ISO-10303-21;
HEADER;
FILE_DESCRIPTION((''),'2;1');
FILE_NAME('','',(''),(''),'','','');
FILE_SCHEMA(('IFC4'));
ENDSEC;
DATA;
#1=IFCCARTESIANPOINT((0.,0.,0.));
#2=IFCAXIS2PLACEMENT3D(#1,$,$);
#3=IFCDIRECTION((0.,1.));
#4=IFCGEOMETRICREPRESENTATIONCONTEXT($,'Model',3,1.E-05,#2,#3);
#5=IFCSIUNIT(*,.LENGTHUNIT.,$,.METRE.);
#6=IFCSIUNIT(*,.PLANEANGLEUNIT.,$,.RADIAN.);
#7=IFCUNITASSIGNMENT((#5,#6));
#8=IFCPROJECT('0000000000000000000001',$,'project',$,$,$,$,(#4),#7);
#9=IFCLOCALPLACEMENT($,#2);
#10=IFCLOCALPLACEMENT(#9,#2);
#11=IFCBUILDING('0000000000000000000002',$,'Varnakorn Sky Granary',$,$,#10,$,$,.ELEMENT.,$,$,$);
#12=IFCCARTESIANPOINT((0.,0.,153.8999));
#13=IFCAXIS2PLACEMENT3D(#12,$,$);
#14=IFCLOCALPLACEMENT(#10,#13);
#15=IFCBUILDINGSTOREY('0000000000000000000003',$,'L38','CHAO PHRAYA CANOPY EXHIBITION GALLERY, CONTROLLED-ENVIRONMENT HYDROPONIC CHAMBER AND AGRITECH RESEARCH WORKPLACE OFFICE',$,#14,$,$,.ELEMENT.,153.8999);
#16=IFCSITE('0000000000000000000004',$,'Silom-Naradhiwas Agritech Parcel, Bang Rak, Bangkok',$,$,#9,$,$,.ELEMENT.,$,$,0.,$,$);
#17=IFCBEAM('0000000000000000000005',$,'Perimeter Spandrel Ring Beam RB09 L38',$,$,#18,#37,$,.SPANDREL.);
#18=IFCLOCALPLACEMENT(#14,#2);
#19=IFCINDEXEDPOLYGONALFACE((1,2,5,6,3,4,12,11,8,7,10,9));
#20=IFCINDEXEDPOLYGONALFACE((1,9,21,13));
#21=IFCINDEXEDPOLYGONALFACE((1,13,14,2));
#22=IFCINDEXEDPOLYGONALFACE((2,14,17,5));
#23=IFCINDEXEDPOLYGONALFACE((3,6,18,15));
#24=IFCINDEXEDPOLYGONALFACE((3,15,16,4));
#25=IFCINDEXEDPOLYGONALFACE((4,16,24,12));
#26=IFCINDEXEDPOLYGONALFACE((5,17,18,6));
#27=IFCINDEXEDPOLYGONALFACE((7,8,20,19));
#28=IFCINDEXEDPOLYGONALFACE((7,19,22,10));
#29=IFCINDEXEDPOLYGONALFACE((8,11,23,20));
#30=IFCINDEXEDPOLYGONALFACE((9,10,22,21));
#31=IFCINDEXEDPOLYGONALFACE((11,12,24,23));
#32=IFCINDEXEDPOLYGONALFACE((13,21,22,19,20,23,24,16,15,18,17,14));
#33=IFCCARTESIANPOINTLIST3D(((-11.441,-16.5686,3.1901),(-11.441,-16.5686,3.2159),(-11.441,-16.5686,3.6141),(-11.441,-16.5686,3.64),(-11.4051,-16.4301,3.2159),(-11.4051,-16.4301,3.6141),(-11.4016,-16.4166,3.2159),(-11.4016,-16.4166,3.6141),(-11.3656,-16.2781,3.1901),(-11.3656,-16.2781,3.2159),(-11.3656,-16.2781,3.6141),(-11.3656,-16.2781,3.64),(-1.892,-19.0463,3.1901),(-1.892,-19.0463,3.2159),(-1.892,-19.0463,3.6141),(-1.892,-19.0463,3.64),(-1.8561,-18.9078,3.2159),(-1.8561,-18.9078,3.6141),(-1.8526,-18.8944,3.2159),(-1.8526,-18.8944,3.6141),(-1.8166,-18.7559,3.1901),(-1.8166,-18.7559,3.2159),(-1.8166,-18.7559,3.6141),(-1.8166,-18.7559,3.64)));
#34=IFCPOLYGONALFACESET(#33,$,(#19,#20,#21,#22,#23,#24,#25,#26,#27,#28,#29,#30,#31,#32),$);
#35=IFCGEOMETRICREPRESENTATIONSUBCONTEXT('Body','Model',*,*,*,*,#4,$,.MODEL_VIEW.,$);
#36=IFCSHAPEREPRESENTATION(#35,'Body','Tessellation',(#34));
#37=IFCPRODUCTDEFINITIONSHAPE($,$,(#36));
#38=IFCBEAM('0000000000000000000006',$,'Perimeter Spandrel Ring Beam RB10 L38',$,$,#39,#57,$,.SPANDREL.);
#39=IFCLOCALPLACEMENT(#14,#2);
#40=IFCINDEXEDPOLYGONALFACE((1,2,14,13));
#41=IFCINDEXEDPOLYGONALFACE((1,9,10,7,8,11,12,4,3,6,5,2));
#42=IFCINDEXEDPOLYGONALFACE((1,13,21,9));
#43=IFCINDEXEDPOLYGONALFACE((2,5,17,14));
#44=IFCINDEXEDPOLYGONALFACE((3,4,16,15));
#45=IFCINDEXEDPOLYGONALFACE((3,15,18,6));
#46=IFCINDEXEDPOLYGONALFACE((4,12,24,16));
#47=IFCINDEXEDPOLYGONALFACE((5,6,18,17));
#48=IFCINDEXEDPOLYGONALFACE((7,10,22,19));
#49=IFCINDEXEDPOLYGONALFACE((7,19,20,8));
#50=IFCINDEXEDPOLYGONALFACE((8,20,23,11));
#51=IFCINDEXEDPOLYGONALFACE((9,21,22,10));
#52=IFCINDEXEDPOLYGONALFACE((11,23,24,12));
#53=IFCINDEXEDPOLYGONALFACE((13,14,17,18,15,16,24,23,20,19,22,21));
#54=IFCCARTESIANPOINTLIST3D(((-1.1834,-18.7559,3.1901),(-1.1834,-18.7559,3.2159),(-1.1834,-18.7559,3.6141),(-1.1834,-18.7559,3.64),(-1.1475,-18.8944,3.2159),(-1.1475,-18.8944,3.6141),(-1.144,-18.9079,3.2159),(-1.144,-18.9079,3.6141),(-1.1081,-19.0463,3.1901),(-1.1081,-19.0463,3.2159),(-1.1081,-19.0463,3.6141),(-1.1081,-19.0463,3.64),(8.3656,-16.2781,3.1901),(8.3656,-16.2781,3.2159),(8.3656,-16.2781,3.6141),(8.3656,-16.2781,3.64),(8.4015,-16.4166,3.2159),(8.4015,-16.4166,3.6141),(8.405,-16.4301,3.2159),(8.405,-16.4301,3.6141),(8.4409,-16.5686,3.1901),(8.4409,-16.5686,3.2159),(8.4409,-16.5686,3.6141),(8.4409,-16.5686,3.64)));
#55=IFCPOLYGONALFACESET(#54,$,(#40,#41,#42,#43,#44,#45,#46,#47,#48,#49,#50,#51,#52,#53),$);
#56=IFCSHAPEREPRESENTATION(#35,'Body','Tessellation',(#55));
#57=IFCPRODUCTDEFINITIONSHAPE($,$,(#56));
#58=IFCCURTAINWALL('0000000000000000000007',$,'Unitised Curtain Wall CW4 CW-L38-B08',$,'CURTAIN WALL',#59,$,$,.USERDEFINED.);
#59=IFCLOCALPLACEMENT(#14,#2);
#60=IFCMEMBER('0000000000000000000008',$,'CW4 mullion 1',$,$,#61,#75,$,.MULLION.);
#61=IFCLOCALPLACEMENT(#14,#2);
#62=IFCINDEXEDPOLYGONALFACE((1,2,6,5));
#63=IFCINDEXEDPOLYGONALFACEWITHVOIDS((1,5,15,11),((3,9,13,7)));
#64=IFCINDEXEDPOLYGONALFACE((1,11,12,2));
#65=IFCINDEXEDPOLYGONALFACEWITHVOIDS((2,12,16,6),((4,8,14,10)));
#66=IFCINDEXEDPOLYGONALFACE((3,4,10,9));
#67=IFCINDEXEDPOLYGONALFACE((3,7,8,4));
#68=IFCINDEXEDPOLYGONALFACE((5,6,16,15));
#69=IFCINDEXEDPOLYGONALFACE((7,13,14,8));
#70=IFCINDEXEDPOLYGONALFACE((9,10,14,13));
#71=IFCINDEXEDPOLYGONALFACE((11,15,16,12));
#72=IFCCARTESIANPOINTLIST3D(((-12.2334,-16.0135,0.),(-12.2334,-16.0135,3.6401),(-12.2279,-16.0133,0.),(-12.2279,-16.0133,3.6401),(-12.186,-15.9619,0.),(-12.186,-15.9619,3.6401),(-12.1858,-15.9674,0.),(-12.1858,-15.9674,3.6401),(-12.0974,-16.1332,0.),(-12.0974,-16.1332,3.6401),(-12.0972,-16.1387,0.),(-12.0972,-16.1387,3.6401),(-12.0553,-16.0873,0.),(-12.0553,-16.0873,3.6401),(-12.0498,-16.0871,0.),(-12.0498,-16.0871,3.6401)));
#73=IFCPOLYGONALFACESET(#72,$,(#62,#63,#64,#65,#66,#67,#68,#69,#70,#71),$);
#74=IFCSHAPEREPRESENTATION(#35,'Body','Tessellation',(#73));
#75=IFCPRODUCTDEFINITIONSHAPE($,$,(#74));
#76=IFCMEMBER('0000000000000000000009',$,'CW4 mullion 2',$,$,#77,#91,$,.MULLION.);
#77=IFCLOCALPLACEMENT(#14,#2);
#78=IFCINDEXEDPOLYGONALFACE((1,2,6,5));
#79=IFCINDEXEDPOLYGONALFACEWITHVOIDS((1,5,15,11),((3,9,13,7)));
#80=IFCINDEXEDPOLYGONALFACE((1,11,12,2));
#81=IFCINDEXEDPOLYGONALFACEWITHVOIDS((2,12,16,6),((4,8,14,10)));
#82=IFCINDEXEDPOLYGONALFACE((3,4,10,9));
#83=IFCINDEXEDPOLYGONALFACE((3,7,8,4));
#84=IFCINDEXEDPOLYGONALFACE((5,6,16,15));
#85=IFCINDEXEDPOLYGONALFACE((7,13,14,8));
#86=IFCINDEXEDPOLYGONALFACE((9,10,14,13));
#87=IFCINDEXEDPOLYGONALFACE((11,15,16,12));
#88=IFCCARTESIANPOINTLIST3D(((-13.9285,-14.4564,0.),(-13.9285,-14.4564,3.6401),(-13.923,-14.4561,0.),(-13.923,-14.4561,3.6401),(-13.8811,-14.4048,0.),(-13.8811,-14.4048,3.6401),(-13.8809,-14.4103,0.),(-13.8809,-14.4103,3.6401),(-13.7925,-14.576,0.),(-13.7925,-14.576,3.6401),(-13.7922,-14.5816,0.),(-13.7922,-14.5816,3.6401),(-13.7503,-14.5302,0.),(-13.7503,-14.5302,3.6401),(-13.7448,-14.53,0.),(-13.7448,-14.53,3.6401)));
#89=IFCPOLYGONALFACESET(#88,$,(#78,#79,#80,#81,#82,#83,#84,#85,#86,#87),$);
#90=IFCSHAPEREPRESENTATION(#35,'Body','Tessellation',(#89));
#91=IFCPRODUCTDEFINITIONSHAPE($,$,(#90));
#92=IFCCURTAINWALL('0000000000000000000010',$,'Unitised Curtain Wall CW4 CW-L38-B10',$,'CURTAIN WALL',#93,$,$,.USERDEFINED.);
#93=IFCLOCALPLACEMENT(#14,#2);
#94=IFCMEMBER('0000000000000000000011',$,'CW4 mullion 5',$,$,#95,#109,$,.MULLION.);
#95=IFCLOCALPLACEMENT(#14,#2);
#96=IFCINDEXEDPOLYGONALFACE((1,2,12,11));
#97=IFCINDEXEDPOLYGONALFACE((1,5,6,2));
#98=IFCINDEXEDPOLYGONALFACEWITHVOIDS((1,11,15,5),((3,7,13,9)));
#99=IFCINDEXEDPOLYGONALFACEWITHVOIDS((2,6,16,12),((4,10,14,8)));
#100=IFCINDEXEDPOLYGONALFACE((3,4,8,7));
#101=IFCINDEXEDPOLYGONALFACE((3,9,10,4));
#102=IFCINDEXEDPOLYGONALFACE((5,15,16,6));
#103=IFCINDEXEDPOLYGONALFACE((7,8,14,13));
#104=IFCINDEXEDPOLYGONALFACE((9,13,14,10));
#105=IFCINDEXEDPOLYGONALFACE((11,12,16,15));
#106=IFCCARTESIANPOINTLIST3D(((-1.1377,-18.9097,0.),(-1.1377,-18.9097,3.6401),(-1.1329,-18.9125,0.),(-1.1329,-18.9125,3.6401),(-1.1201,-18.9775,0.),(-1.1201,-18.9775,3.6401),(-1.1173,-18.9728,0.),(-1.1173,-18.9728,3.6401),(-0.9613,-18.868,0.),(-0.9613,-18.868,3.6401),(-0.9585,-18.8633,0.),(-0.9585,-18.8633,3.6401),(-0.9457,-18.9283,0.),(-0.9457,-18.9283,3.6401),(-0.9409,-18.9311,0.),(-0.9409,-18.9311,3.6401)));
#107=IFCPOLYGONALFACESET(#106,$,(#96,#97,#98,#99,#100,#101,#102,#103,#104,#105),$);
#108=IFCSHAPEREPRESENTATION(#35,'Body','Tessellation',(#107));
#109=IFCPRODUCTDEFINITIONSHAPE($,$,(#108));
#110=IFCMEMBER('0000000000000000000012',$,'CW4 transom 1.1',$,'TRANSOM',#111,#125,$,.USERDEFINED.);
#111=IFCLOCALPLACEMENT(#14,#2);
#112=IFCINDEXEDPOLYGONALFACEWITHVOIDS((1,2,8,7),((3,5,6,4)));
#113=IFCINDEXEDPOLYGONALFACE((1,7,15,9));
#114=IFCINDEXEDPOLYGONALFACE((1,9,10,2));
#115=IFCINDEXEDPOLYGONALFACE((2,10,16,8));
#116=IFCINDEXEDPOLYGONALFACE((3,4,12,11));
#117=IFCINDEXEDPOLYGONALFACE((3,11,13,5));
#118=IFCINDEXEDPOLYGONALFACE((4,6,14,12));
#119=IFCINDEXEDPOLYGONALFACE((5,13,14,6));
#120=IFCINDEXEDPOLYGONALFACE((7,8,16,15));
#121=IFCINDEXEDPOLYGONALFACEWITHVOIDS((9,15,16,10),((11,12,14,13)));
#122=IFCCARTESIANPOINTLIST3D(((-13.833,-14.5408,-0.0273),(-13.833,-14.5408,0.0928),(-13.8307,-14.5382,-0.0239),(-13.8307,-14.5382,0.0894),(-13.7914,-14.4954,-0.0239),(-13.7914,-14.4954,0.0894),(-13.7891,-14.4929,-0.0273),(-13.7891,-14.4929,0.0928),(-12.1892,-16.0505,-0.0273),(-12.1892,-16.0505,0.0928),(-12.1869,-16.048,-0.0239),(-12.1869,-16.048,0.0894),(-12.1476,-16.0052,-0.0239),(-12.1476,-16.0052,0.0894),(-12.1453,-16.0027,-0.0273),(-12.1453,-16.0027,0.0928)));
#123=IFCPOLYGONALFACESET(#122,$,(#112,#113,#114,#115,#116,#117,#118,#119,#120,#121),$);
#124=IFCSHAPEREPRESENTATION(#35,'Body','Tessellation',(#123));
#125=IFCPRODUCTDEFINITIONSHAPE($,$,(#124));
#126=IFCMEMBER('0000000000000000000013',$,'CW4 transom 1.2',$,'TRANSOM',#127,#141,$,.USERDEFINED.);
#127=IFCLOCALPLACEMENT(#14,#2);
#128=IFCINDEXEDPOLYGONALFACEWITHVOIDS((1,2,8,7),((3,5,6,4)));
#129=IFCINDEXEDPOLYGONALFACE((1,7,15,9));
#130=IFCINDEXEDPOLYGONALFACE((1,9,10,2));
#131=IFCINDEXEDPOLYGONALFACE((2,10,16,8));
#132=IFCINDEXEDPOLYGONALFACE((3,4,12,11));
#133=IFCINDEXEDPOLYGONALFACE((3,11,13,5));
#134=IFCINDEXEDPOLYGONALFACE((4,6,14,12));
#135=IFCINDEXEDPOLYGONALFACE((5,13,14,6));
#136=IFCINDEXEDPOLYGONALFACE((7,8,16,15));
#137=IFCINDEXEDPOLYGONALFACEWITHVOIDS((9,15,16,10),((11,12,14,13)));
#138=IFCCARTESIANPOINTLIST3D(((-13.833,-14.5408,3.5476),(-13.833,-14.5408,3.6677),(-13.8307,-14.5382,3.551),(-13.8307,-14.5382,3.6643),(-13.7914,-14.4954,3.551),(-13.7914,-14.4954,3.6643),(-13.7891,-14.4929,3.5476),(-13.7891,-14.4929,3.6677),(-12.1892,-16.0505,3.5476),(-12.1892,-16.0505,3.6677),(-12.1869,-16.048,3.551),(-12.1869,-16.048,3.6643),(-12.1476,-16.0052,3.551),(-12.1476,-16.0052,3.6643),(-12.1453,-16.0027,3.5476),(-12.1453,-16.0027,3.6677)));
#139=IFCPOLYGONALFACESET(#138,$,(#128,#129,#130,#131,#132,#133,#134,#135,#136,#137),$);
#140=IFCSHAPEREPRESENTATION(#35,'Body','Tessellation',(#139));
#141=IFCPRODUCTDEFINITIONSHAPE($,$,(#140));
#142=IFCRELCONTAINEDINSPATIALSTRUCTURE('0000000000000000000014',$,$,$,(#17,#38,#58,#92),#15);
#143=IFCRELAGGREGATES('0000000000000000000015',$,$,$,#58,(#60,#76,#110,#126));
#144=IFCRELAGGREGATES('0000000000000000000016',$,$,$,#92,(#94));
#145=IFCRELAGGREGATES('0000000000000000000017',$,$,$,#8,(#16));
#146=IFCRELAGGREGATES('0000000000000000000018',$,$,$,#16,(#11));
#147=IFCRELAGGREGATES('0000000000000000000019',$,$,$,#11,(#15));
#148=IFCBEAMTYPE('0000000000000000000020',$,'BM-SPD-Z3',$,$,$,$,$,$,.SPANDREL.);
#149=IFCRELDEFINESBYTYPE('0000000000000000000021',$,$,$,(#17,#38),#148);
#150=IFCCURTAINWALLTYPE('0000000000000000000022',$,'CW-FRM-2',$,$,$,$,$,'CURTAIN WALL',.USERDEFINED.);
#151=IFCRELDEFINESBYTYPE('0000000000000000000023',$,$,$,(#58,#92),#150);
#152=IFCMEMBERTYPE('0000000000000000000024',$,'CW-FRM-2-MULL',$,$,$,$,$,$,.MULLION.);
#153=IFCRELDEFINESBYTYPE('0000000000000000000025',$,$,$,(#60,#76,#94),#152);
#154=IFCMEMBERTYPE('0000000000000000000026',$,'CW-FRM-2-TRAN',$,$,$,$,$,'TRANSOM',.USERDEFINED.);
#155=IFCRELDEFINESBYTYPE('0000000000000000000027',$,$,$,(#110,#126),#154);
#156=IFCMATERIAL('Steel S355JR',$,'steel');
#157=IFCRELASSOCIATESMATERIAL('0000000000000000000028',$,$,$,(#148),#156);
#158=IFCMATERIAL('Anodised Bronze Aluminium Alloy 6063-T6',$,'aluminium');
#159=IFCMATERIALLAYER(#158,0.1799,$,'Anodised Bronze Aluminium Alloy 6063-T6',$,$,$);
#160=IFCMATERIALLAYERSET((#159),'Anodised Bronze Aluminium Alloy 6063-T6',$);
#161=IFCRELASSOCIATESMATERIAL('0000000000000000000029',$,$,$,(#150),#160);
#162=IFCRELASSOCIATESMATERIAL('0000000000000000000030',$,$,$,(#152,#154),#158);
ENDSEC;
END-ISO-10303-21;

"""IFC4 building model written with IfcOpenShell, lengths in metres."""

from ifc_helpers import new_model, si_unit, direction, frame, origin, origin_2d, place, context, subcontext, project, spatial, hollow_rectangle, i_section, extrude, material, layer, layer_set, material_profile, profile_set, type_object, element, aggregate, save


model = new_model("IFC4")

# Units and contexts
model_context = context("Model", 3, precision=1e-05, world=origin(), true_north=direction((0.0, 1.0)))
body_context = subcontext(model_context, "Body", "Model", "MODEL_VIEW")
ifc_project = project(units=[si_unit("LENGTHUNIT", "METRE"), si_unit("PLANEANGLEUNIT", "RADIAN")], contexts=[model_context])

# Site, building, storey
site_placement = place(None, origin())
site = spatial("IfcSite", under=ifc_project, at=site_placement, Name="Silom-Naradhiwas Agritech Parcel, Bang Rak, Bangkok", CompositionType="ELEMENT", RefElevation=0.0)
building_placement = place(site_placement, origin())
building = spatial("IfcBuilding", under=site, at=building_placement, Name="Varnakorn Sky Granary", CompositionType="ELEMENT")
storey_placement = place(building_placement, frame((0.0, 0.0, 153.8999)))
storey = spatial("IfcBuildingStorey", under=building, at=storey_placement, Name="L38", Description="CHAO PHRAYA CANOPY EXHIBITION GALLERY, CONTROLLED-ENVIRONMENT HYDROPONIC CHAMBER AND AGRITECH RESEARCH WORKPLACE OFFICE", CompositionType="ELEMENT", Elevation=153.8999)

# Beams
ifc_material_1 = material(Name="Steel S355JR", Category="steel")
ifc_material_profile_1 = material_profile(ifc_material_1, i_section(OverallWidth=0.3, OverallDepth=0.45, WebThickness=0.0139, FlangeThickness=0.0259, at=origin_2d()), Name="HE 450 B")
ifc_profile_set_1 = profile_set([ifc_material_profile_1], Name="Steel S355JR")
beam_type_1 = type_object("IfcBeamType", Name="BM-SPD-Z3", PredefinedType="SPANDREL", material=ifc_profile_set_1)
for number, where, z_axis, x_axis, name in (
    (1, (-11.4033, -16.4233, 3.415), (0.967945, -0.251161, 0.0), (0.251161, 0.967945, 0.0), "Perimeter Spandrel Ring Beam RB09 L38"),
    (2, (-1.1458, -18.9011, 3.415), (0.967945, 0.251161, 0.0), (-0.251161, 0.967945, 0.0), "Perimeter Spandrel Ring Beam RB10 L38"),
):
    element("IfcBeam", number, at=place(storey_placement, frame(where, z_axis=z_axis, x_axis=x_axis)), inside=storey, type_object=beam_type_1, Name=name, PredefinedType="SPANDREL", context=body_context, shape_type="SweptSolid", body=[
        extrude(i_section(OverallWidth=0.3, OverallDepth=0.45, WebThickness=0.0139, FlangeThickness=0.0259, at=origin_2d()), origin(), (0.0, 0.0, 1.0), 9.8652),
    ])

# Curtain wall, members
ifc_material_2 = material(Name="Anodised Bronze Aluminium Alloy 6063-T6", Category="aluminium")
ifc_layer_1 = layer(ifc_material_2, 0.1799, Name="Anodised Bronze Aluminium Alloy 6063-T6")
ifc_layer_set_1 = layer_set([ifc_layer_1], Name="Anodised Bronze Aluminium Alloy 6063-T6")
curtain_wall_type = type_object("IfcCurtainWallType", Name="CW-FRM-2", ElementType="CURTAIN WALL", PredefinedType="USERDEFINED", material=ifc_layer_set_1)
curtain_wall_1_placement = place(storey_placement, origin())
curtain_wall_1 = element("IfcCurtainWall", 3, at=curtain_wall_1_placement, inside=storey, type_object=curtain_wall_type, Name="Unitised Curtain Wall CW4 CW-L38-B08", ObjectType="CURTAIN WALL", PredefinedType="USERDEFINED")
ifc_material_profile_2 = material_profile(ifc_material_2, hollow_rectangle(XDim=0.0701, YDim=0.1851, WallThickness=0.0039, at=origin_2d()), Name="ALU MULL 70x185")
ifc_profile_set_2 = profile_set([ifc_material_profile_2], Name="Anodised Bronze Aluminium Alloy 6063-T6")
member_type_1 = type_object("IfcMemberType", Name="CW-FRM-2-MULL", PredefinedType="MULLION", material=ifc_profile_set_2)
member_1_placement = place(storey_placement, frame((-12.1416, -16.0503, 0.0), z_axis=(0.0, 0.0, 1.0), x_axis=(-0.676472, -0.736469, 0.0)))
member_1 = element("IfcMember", 4, at=member_1_placement, type_object=member_type_1, Name="CW4 mullion 1", PredefinedType="MULLION", context=body_context, shape_type="SweptSolid", body=[
    extrude(hollow_rectangle(XDim=0.0701, YDim=0.1851, WallThickness=0.0039, at=origin_2d()), origin(), (0.0, 0.0, 1.0), 3.6401),
])
member_2_placement = place(storey_placement, frame((-13.8367, -14.4932, 0.0), z_axis=(0.0, 0.0, 1.0), x_axis=(-0.676472, -0.736469, 0.0)))
member_2 = element("IfcMember", 5, at=member_2_placement, type_object=member_type_1, Name="CW4 mullion 2", PredefinedType="MULLION", context=body_context, shape_type="SweptSolid", body=[
    extrude(hollow_rectangle(XDim=0.0701, YDim=0.1851, WallThickness=0.0039, at=origin_2d()), origin(), (0.0, 0.0, 1.0), 3.6401),
])

# Curtain wall, member
curtain_wall_2_placement = place(storey_placement, origin())
curtain_wall_2 = element("IfcCurtainWall", 6, at=curtain_wall_2_placement, inside=storey, type_object=curtain_wall_type, Name="Unitised Curtain Wall CW4 CW-L38-B10", ObjectType="CURTAIN WALL", PredefinedType="USERDEFINED")
member_3_placement = place(storey_placement, frame((-1.0393, -18.9204, 0.0), z_axis=(0.0, 0.0, 1.0), x_axis=(0.250935, -0.968004, 0.0)))
member_3 = element("IfcMember", 7, at=member_3_placement, type_object=member_type_1, Name="CW4 mullion 5", PredefinedType="MULLION", context=body_context, shape_type="SweptSolid", body=[
    extrude(hollow_rectangle(XDim=0.0701, YDim=0.1851, WallThickness=0.0039, at=origin_2d()), origin(), (0.0, 0.0, 1.0), 3.6401),
])

# Members
ifc_material_profile_3 = material_profile(ifc_material_2, hollow_rectangle(XDim=0.0649, YDim=0.1201, WallThickness=0.0034, at=origin_2d()), Name="ALU TRAN 65x120")
ifc_profile_set_3 = profile_set([ifc_material_profile_3], Name="Anodised Bronze Aluminium Alloy 6063-T6")
member_type_2 = type_object("IfcMemberType", Name="CW-FRM-2-TRAN", ElementType="TRANSOM", PredefinedType="USERDEFINED", material=ifc_profile_set_3)
member_4_placement = place(storey_placement, frame((-12.1672, -16.0266, 0.0327), z_axis=(-0.736495, 0.676443, 0.0), x_axis=(-0.676443, -0.736495, 0.0)))
member_4 = element("IfcMember", 8, at=member_4_placement, type_object=member_type_2, Name="CW4 transom 1.1", ObjectType="TRANSOM", PredefinedType="USERDEFINED", context=body_context, shape_type="SweptSolid", body=[
    extrude(hollow_rectangle(XDim=0.0649, YDim=0.1201, WallThickness=0.0034, at=origin_2d()), origin(), (0.0, 0.0, 1.0), 2.2319),
])
member_5_placement = place(storey_placement, frame((-12.1672, -16.0266, 3.6077), z_axis=(-0.736495, 0.676443, 0.0), x_axis=(-0.676443, -0.736495, 0.0)))
member_5 = element("IfcMember", 9, at=member_5_placement, type_object=member_type_2, Name="CW4 transom 1.2", ObjectType="TRANSOM", PredefinedType="USERDEFINED", context=body_context, shape_type="SweptSolid", body=[
    extrude(hollow_rectangle(XDim=0.0649, YDim=0.1201, WallThickness=0.0034, at=origin_2d()), origin(), (0.0, 0.0, 1.0), 2.2319),
])

aggregate(curtain_wall_1, [member_1, member_2, member_4, member_5])
aggregate(curtain_wall_2, [member_3])

save(model, "model.ifc")
